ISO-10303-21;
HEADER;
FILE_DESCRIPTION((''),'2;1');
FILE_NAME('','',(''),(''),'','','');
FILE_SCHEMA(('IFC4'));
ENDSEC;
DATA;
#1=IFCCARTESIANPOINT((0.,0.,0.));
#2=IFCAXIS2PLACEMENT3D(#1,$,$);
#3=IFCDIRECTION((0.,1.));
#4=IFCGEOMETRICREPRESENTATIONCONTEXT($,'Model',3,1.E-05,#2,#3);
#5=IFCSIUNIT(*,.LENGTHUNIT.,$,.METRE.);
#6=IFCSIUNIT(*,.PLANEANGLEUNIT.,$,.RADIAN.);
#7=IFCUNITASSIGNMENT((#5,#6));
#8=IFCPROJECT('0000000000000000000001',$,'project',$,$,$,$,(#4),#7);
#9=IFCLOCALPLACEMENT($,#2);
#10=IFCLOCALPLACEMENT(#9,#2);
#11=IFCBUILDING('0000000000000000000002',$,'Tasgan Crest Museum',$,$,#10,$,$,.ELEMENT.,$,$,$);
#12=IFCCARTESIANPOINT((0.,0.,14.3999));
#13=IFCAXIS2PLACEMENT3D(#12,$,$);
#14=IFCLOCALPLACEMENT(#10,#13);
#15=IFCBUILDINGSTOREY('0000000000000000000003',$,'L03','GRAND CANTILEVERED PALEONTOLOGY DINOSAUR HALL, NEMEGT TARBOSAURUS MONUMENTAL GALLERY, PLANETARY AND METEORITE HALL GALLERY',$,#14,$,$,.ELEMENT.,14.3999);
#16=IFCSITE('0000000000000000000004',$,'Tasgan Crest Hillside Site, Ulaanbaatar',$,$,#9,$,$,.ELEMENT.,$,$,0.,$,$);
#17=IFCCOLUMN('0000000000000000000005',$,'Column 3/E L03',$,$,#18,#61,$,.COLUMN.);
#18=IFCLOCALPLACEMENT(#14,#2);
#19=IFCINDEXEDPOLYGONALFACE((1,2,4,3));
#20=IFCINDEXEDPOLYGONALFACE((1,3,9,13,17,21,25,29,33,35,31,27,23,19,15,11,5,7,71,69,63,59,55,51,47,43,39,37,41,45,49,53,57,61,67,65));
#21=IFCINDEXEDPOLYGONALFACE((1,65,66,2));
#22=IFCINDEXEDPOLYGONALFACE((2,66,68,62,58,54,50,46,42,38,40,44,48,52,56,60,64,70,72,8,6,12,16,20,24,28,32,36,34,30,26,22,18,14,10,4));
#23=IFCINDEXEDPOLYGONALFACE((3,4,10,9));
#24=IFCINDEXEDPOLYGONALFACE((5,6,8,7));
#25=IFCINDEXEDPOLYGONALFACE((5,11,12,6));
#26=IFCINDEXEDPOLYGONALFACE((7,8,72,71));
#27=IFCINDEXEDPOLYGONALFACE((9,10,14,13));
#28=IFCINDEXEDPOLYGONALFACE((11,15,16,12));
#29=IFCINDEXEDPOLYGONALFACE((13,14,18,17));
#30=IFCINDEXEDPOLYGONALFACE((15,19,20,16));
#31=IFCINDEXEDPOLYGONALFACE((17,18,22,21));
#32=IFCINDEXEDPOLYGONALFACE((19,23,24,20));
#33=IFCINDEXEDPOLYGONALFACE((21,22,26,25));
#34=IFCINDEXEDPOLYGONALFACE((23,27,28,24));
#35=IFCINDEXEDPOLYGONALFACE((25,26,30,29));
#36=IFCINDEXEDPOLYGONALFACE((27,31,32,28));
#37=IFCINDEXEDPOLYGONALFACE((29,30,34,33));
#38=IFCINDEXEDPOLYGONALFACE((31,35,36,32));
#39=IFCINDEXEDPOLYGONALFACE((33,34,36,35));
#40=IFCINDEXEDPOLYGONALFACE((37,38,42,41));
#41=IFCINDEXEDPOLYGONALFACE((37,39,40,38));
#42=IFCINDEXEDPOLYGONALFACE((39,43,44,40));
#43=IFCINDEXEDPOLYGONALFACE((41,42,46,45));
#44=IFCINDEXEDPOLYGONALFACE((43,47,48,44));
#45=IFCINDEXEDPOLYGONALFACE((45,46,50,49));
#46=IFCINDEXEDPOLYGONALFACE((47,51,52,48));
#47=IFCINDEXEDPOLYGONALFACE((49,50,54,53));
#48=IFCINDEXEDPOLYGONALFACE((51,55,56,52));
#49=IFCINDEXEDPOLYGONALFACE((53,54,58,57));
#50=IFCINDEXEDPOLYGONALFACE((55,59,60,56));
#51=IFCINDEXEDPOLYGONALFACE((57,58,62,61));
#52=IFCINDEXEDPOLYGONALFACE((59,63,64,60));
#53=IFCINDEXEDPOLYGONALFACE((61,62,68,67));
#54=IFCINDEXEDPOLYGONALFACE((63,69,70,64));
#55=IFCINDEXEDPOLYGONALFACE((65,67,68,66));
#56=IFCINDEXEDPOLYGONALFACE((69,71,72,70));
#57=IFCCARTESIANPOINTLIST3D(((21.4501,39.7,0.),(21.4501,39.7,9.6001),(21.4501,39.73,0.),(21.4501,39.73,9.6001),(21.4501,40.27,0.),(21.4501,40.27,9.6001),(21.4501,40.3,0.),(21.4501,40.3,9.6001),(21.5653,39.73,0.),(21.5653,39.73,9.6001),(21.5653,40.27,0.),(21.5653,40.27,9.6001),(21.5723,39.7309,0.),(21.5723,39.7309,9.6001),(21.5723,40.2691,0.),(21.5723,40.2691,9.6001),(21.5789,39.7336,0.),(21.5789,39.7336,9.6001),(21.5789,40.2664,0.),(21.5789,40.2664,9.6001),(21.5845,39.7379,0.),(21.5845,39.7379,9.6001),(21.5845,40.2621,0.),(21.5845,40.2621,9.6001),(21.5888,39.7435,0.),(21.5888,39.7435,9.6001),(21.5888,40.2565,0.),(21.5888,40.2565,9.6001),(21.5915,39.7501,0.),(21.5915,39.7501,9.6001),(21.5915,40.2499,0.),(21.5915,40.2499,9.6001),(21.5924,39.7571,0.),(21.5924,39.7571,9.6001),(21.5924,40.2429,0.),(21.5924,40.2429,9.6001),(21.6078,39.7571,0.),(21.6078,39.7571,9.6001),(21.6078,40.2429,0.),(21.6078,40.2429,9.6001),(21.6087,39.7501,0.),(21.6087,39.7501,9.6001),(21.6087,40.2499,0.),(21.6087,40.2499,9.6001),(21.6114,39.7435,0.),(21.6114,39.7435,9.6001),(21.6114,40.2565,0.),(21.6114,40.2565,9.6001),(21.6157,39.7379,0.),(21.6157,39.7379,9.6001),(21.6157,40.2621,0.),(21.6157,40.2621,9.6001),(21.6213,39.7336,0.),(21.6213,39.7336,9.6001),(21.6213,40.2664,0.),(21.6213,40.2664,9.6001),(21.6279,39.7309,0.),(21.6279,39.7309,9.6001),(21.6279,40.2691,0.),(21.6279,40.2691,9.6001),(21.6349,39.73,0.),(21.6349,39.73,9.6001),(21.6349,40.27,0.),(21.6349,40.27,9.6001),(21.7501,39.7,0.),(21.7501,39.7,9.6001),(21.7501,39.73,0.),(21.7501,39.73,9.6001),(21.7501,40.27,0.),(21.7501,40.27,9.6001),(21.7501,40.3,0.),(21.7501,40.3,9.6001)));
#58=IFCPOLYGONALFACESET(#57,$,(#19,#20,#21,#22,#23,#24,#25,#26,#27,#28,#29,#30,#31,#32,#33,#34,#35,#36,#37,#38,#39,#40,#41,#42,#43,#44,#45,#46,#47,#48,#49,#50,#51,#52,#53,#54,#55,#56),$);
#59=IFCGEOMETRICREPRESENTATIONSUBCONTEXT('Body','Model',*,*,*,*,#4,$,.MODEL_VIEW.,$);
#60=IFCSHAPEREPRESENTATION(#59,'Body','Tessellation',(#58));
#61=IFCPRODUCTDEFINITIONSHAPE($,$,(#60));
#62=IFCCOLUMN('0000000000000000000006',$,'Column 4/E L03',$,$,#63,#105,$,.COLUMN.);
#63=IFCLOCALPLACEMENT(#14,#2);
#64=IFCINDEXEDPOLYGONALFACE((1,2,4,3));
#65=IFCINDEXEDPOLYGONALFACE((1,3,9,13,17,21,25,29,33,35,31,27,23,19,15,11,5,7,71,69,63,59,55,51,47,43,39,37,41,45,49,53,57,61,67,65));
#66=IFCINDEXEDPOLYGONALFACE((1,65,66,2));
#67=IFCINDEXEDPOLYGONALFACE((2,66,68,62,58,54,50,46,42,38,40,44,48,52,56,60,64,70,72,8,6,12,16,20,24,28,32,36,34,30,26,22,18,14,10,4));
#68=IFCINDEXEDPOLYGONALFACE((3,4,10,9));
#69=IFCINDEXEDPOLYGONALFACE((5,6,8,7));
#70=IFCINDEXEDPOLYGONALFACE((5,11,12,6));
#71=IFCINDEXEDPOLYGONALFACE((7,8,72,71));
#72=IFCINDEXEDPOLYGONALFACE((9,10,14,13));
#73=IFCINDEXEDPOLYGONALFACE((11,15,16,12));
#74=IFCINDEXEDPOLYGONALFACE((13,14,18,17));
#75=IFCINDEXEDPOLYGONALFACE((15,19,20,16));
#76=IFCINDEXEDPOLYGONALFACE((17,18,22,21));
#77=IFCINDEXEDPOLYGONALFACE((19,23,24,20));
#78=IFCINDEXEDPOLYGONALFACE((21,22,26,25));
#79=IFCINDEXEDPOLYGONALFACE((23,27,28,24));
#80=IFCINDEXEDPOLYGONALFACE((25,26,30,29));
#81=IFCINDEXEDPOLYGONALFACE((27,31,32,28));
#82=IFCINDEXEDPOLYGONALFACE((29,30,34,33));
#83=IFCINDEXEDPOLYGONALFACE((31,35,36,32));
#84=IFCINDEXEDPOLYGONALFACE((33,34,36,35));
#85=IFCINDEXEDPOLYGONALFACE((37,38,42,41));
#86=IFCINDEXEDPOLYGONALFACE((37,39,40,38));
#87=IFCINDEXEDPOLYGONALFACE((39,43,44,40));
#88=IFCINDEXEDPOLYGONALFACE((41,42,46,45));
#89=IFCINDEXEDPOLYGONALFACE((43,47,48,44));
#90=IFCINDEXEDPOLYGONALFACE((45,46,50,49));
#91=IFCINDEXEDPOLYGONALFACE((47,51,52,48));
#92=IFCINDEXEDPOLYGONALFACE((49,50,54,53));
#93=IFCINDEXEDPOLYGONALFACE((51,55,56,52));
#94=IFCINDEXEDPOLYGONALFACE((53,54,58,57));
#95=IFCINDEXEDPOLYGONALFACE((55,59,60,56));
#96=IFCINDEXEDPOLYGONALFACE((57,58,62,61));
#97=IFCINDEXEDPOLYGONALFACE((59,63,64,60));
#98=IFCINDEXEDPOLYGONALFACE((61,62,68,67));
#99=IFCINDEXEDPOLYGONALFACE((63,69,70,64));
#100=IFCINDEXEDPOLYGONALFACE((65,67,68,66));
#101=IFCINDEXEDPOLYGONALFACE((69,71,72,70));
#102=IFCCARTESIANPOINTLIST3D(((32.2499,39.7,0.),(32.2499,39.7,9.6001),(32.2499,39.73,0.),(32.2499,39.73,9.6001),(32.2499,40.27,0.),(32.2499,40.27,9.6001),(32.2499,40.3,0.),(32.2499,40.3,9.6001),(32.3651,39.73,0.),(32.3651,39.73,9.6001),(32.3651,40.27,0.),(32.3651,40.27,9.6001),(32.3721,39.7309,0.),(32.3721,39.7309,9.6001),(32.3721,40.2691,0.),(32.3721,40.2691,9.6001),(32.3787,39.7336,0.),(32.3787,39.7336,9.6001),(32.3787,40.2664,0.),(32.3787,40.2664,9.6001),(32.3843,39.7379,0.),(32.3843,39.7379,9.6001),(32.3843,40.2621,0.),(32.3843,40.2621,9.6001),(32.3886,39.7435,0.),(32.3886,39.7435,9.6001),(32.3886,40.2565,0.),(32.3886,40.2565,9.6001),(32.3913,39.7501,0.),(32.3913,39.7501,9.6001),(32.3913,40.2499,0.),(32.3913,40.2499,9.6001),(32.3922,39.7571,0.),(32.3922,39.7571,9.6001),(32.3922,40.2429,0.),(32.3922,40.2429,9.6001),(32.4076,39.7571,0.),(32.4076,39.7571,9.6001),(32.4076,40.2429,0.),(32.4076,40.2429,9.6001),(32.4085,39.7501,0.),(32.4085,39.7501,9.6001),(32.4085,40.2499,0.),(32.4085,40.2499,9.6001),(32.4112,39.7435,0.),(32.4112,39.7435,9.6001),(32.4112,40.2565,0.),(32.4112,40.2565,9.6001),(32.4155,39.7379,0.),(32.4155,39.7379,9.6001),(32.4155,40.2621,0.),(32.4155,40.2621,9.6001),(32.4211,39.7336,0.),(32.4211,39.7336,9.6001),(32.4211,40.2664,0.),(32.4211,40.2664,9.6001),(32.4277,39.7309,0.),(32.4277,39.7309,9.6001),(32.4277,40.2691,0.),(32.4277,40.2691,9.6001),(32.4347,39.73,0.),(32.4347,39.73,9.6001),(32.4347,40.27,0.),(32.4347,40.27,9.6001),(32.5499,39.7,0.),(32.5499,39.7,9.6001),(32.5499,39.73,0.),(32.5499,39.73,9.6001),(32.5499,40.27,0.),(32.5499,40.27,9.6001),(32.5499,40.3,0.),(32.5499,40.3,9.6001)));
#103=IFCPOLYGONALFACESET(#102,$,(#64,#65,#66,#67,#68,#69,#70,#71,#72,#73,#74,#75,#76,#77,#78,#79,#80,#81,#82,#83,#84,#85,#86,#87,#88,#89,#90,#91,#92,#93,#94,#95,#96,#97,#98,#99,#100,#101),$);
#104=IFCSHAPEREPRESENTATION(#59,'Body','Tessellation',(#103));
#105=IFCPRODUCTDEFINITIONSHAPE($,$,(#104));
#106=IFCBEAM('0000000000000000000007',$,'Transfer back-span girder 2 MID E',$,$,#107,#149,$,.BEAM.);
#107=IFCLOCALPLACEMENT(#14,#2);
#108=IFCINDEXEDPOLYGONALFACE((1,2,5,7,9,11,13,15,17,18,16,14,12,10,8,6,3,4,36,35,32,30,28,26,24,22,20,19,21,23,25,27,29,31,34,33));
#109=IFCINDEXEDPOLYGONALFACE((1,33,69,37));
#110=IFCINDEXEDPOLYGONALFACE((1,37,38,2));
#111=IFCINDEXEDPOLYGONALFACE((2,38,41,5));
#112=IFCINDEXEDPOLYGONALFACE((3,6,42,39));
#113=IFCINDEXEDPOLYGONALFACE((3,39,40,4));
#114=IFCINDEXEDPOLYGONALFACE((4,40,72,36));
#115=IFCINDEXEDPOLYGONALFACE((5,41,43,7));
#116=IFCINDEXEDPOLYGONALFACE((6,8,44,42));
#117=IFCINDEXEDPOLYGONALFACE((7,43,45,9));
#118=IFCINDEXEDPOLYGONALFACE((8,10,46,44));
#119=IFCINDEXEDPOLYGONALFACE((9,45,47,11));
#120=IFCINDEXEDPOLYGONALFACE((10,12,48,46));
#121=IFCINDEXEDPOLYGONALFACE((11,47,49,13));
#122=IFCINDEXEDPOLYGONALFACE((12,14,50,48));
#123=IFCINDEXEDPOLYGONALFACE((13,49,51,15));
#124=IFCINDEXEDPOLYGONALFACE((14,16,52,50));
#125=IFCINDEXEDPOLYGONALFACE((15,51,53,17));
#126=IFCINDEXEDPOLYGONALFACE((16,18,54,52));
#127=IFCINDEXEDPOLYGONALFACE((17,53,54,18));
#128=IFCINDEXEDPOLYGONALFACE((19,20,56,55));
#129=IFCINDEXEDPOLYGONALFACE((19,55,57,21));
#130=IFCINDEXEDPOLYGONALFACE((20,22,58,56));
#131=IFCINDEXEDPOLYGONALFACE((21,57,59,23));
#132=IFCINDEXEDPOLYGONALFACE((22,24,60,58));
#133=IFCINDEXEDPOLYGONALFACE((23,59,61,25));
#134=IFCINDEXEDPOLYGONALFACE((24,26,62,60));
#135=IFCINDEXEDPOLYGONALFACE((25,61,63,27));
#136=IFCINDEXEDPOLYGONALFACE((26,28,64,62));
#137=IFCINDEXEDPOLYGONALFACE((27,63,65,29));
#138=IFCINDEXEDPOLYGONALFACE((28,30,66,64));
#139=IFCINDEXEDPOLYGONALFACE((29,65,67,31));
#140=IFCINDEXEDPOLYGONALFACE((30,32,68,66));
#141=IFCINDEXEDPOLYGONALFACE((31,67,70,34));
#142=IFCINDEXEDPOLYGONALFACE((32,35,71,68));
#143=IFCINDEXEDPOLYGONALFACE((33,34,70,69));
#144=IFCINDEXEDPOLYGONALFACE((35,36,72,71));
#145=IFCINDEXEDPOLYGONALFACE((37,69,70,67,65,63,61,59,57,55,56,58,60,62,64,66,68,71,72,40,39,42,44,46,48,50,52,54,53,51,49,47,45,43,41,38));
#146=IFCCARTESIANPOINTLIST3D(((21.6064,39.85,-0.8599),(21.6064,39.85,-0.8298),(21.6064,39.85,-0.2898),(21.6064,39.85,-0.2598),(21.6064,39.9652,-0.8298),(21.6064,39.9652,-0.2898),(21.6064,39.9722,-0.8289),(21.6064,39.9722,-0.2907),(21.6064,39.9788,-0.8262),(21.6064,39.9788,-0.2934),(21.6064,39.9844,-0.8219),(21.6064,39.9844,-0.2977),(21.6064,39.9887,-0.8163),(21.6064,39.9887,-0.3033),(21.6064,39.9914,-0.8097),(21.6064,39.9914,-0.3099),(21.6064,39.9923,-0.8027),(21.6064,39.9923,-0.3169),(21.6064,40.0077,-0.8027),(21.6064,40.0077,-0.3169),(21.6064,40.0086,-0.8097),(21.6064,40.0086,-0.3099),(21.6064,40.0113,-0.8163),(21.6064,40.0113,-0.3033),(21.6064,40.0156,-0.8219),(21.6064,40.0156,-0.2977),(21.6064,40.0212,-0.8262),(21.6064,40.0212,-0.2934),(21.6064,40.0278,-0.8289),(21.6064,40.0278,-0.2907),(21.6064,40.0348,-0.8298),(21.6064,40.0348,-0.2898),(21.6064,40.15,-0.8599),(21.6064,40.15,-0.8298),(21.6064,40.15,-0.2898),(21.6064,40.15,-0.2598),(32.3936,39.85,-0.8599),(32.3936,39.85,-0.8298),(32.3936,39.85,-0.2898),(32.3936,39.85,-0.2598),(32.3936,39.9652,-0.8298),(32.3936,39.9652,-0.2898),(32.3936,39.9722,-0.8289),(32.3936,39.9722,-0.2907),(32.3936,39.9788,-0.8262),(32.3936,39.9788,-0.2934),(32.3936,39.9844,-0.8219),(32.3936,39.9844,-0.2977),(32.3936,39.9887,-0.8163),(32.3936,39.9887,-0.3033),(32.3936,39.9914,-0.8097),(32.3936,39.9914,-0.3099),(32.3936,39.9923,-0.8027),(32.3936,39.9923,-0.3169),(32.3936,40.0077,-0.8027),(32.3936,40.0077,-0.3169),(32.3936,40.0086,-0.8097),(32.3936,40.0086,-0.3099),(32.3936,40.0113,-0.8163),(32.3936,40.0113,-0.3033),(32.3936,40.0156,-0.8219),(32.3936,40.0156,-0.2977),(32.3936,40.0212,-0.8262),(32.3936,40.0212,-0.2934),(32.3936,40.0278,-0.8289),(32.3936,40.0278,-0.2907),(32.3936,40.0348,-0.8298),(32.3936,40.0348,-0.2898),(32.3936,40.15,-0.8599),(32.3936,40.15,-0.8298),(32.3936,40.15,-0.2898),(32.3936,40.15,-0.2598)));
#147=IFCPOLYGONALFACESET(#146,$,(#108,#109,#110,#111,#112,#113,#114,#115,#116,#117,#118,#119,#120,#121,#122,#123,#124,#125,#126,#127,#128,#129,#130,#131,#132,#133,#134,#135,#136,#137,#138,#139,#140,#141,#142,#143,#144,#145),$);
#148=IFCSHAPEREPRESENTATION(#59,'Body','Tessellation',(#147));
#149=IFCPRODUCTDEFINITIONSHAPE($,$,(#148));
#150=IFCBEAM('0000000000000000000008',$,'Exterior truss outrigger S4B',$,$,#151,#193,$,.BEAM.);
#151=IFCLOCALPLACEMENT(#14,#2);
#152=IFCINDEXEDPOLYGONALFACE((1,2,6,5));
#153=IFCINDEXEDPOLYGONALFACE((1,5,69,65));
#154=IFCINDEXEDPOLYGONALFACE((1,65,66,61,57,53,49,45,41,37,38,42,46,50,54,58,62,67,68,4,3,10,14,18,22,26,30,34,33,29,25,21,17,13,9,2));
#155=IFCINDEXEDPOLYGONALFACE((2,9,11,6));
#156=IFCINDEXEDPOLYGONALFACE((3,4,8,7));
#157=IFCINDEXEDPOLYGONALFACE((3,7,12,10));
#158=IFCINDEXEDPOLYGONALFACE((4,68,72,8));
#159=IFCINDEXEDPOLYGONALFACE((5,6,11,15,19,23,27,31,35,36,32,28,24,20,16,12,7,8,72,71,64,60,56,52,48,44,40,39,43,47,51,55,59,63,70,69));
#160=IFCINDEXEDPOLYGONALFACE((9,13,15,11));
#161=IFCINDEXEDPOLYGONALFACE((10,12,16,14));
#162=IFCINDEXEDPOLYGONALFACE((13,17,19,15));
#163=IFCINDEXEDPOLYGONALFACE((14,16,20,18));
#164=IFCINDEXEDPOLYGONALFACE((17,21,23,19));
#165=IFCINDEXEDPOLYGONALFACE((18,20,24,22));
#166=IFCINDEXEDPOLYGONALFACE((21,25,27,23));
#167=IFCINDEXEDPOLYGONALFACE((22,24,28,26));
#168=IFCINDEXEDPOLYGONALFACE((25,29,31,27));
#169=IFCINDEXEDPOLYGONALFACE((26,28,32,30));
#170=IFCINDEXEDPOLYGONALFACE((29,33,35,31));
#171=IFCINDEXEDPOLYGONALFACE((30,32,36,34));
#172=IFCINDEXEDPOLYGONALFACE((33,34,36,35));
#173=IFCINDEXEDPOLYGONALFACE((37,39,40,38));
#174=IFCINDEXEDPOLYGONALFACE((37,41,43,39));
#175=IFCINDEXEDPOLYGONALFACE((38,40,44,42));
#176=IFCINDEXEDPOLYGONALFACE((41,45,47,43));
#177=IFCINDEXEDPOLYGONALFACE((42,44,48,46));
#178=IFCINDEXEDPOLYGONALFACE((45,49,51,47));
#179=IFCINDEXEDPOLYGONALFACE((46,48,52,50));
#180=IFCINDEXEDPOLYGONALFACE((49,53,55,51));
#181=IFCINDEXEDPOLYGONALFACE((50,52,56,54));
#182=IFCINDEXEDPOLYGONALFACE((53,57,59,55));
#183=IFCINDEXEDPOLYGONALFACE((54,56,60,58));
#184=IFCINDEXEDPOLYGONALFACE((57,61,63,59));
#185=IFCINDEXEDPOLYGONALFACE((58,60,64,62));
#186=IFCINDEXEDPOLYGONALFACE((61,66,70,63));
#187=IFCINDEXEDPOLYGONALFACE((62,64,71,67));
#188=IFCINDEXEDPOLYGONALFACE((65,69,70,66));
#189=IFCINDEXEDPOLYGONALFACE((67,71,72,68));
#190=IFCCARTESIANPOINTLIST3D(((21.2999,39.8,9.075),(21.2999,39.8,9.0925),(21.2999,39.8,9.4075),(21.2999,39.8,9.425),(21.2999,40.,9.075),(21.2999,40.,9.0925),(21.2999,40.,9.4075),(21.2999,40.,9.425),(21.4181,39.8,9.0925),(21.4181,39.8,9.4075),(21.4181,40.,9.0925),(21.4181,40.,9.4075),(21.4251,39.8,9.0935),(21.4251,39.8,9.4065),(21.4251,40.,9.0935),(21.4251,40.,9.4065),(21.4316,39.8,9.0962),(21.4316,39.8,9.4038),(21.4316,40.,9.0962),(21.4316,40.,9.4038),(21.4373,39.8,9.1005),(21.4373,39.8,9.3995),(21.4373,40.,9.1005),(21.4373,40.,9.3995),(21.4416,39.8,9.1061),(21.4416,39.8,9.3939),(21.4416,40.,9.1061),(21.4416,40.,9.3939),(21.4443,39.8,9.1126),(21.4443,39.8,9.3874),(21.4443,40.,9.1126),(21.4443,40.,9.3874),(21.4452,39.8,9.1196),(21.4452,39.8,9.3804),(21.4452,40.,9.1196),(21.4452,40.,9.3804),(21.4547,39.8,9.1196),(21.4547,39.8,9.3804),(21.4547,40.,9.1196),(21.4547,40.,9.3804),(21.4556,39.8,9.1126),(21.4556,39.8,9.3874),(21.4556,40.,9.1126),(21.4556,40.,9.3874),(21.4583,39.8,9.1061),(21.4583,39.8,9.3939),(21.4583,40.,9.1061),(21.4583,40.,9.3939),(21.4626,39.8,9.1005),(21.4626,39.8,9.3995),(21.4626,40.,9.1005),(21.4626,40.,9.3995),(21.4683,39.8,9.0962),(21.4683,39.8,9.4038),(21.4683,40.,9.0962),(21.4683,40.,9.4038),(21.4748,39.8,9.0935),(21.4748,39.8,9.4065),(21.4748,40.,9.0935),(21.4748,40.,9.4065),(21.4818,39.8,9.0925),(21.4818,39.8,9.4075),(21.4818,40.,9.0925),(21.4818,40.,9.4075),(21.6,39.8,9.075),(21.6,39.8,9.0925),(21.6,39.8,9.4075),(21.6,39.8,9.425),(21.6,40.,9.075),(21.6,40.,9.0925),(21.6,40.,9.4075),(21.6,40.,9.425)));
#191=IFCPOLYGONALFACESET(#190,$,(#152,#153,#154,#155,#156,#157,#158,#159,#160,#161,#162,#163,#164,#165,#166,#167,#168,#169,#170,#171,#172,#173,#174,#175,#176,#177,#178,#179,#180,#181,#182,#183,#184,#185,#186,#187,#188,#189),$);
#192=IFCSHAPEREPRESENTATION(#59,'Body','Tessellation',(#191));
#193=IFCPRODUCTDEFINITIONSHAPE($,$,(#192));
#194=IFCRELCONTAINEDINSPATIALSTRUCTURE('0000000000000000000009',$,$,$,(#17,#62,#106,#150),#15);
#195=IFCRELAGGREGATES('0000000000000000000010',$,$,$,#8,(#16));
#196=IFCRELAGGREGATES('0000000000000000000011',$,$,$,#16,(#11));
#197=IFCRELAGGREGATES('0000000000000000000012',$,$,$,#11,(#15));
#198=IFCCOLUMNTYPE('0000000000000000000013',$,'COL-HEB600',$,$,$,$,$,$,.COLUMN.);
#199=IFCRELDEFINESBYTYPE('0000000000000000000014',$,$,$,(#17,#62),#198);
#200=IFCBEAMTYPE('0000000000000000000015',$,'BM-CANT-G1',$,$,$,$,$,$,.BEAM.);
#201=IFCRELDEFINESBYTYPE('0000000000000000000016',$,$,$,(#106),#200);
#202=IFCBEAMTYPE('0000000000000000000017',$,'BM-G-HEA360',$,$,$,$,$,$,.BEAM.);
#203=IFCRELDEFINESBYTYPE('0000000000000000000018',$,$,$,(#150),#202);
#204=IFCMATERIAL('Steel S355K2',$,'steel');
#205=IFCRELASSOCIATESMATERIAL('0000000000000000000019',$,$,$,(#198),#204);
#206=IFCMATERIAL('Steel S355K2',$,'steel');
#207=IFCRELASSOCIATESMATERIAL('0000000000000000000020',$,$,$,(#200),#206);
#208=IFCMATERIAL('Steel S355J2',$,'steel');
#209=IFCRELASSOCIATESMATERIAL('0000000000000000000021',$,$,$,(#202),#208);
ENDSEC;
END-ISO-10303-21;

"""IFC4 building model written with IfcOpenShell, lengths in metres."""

from ifc_helpers import new_model, si_unit, direction, frame, origin, origin_2d, place, context, subcontext, project, spatial, i_section, extrude, material, material_profile, profile_set, type_object, element, save


model = new_model("IFC4")

# Units and contexts
model_context = context("Model", 3, precision=1e-05, world=origin(), true_north=direction((0.0, 1.0)))
body_context = subcontext(model_context, "Body", "Model", "MODEL_VIEW")
ifc_project = project(units=[si_unit("LENGTHUNIT", "METRE"), si_unit("PLANEANGLEUNIT", "RADIAN")], contexts=[model_context])

# Site, building, storey
site_placement = place(None, origin())
site = spatial("IfcSite", under=ifc_project, at=site_placement, Name="Tasgan Crest Hillside Site, Ulaanbaatar", CompositionType="ELEMENT", RefElevation=0.0)
building_placement = place(site_placement, origin())
building = spatial("IfcBuilding", under=site, at=building_placement, Name="Tasgan Crest Museum", CompositionType="ELEMENT")
storey_placement = place(building_placement, frame((0.0, 0.0, 14.3999)))
storey = spatial("IfcBuildingStorey", under=building, at=storey_placement, Name="L03", Description="GRAND CANTILEVERED PALEONTOLOGY DINOSAUR HALL, NEMEGT TARBOSAURUS MONUMENTAL GALLERY, PLANETARY AND METEORITE HALL GALLERY", CompositionType="ELEMENT", Elevation=14.3999)

# Columns
ifc_material_1 = material(Name="Steel S355K2", Category="steel")
ifc_material_profile_1 = material_profile(ifc_material_1, i_section(OverallWidth=0.3, OverallDepth=0.6001, WebThickness=0.0154, FlangeThickness=0.03, FilletRadius=0.0271, at=origin_2d()), Name="HEB 600")
ifc_profile_set_1 = profile_set([ifc_material_profile_1], Name="Steel S355K2")
column_type = type_object("IfcColumnType", Name="COL-HEB600", PredefinedType="COLUMN", material=ifc_profile_set_1)
for number, where, z_axis, x_axis, name in (
    (1, (21.6001, 40.0, 0.0), (0.0, 0.0, 1.0), (1.0, 0.0, 0.0), "Column 3/E L03"),
    (2, (32.3999, 40.0, 0.0), (0.0, 0.0, 1.0), (1.0, 0.0, 0.0), "Column 4/E L03"),
):
    element("IfcColumn", number, at=place(storey_placement, frame(where, z_axis=z_axis, x_axis=x_axis)), inside=storey, type_object=column_type, Name=name, PredefinedType="COLUMN", context=body_context, shape_type="SweptSolid", body=[
        extrude(i_section(OverallWidth=0.3, OverallDepth=0.6001, WebThickness=0.0154, FlangeThickness=0.03, FilletRadius=0.0271, at=origin_2d()), origin(), (0.0, 0.0, 1.0), 9.6001),
    ])

# Beams
ifc_material_2 = material(Name="Steel S355K2", Category="steel")
ifc_material_profile_2 = material_profile(ifc_material_2, i_section(OverallWidth=0.3, OverallDepth=0.6001, WebThickness=0.0154, FlangeThickness=0.03, FilletRadius=0.0271, at=origin_2d()), Name="HEB 600")
ifc_profile_set_2 = profile_set([ifc_material_profile_2], Name="Steel S355K2")
beam_type_1 = type_object("IfcBeamType", Name="BM-CANT-G1", PredefinedType="BEAM", material=ifc_profile_set_2)
beam_1_placement = place(storey_placement, frame((21.6064, 40.0, -0.5598), z_axis=(1.0, 0.0, 0.0), x_axis=(0.0, 1.0, 0.0)))
element("IfcBeam", 3, at=beam_1_placement, inside=storey, type_object=beam_type_1, Name="Transfer back-span girder 2 MID E", PredefinedType="BEAM", context=body_context, shape_type="SweptSolid", body=[
    extrude(i_section(OverallWidth=0.3, OverallDepth=0.6001, WebThickness=0.0154, FlangeThickness=0.03, FilletRadius=0.0271, at=origin_2d()), origin(), (0.0, 0.0, 1.0), 10.7871),
])
ifc_material_3 = material(Name="Steel S355J2", Category="steel")
ifc_material_profile_3 = material_profile(ifc_material_3, i_section(OverallWidth=0.3, OverallDepth=0.3501, WebThickness=0.0095, FlangeThickness=0.0176, FilletRadius=0.0271, at=origin_2d()), Name="HEA 360")
ifc_profile_set_3 = profile_set([ifc_material_profile_3], Name="Steel S355J2")
beam_type_2 = type_object("IfcBeamType", Name="BM-G-HEA360", PredefinedType="BEAM", material=ifc_profile_set_3)
for number, where, z_axis, x_axis, name in (
    (4, (21.45, 40.0, 9.25), (0.0, -1.0, 0.0), (1.0, 0.0, 0.0), "Exterior truss outrigger S4B"),
):
    element("IfcBeam", number, at=place(storey_placement, frame(where, z_axis=z_axis, x_axis=x_axis)), inside=storey, type_object=beam_type_2, Name=name, PredefinedType="BEAM", context=body_context, shape_type="SweptSolid", body=[
        extrude(i_section(OverallWidth=0.3, OverallDepth=0.3501, WebThickness=0.0095, FlangeThickness=0.0176, FilletRadius=0.0271, at=origin_2d()), origin(), (0.0, 0.0, 1.0), 0.2),
    ])

save(model, "model.ifc")
